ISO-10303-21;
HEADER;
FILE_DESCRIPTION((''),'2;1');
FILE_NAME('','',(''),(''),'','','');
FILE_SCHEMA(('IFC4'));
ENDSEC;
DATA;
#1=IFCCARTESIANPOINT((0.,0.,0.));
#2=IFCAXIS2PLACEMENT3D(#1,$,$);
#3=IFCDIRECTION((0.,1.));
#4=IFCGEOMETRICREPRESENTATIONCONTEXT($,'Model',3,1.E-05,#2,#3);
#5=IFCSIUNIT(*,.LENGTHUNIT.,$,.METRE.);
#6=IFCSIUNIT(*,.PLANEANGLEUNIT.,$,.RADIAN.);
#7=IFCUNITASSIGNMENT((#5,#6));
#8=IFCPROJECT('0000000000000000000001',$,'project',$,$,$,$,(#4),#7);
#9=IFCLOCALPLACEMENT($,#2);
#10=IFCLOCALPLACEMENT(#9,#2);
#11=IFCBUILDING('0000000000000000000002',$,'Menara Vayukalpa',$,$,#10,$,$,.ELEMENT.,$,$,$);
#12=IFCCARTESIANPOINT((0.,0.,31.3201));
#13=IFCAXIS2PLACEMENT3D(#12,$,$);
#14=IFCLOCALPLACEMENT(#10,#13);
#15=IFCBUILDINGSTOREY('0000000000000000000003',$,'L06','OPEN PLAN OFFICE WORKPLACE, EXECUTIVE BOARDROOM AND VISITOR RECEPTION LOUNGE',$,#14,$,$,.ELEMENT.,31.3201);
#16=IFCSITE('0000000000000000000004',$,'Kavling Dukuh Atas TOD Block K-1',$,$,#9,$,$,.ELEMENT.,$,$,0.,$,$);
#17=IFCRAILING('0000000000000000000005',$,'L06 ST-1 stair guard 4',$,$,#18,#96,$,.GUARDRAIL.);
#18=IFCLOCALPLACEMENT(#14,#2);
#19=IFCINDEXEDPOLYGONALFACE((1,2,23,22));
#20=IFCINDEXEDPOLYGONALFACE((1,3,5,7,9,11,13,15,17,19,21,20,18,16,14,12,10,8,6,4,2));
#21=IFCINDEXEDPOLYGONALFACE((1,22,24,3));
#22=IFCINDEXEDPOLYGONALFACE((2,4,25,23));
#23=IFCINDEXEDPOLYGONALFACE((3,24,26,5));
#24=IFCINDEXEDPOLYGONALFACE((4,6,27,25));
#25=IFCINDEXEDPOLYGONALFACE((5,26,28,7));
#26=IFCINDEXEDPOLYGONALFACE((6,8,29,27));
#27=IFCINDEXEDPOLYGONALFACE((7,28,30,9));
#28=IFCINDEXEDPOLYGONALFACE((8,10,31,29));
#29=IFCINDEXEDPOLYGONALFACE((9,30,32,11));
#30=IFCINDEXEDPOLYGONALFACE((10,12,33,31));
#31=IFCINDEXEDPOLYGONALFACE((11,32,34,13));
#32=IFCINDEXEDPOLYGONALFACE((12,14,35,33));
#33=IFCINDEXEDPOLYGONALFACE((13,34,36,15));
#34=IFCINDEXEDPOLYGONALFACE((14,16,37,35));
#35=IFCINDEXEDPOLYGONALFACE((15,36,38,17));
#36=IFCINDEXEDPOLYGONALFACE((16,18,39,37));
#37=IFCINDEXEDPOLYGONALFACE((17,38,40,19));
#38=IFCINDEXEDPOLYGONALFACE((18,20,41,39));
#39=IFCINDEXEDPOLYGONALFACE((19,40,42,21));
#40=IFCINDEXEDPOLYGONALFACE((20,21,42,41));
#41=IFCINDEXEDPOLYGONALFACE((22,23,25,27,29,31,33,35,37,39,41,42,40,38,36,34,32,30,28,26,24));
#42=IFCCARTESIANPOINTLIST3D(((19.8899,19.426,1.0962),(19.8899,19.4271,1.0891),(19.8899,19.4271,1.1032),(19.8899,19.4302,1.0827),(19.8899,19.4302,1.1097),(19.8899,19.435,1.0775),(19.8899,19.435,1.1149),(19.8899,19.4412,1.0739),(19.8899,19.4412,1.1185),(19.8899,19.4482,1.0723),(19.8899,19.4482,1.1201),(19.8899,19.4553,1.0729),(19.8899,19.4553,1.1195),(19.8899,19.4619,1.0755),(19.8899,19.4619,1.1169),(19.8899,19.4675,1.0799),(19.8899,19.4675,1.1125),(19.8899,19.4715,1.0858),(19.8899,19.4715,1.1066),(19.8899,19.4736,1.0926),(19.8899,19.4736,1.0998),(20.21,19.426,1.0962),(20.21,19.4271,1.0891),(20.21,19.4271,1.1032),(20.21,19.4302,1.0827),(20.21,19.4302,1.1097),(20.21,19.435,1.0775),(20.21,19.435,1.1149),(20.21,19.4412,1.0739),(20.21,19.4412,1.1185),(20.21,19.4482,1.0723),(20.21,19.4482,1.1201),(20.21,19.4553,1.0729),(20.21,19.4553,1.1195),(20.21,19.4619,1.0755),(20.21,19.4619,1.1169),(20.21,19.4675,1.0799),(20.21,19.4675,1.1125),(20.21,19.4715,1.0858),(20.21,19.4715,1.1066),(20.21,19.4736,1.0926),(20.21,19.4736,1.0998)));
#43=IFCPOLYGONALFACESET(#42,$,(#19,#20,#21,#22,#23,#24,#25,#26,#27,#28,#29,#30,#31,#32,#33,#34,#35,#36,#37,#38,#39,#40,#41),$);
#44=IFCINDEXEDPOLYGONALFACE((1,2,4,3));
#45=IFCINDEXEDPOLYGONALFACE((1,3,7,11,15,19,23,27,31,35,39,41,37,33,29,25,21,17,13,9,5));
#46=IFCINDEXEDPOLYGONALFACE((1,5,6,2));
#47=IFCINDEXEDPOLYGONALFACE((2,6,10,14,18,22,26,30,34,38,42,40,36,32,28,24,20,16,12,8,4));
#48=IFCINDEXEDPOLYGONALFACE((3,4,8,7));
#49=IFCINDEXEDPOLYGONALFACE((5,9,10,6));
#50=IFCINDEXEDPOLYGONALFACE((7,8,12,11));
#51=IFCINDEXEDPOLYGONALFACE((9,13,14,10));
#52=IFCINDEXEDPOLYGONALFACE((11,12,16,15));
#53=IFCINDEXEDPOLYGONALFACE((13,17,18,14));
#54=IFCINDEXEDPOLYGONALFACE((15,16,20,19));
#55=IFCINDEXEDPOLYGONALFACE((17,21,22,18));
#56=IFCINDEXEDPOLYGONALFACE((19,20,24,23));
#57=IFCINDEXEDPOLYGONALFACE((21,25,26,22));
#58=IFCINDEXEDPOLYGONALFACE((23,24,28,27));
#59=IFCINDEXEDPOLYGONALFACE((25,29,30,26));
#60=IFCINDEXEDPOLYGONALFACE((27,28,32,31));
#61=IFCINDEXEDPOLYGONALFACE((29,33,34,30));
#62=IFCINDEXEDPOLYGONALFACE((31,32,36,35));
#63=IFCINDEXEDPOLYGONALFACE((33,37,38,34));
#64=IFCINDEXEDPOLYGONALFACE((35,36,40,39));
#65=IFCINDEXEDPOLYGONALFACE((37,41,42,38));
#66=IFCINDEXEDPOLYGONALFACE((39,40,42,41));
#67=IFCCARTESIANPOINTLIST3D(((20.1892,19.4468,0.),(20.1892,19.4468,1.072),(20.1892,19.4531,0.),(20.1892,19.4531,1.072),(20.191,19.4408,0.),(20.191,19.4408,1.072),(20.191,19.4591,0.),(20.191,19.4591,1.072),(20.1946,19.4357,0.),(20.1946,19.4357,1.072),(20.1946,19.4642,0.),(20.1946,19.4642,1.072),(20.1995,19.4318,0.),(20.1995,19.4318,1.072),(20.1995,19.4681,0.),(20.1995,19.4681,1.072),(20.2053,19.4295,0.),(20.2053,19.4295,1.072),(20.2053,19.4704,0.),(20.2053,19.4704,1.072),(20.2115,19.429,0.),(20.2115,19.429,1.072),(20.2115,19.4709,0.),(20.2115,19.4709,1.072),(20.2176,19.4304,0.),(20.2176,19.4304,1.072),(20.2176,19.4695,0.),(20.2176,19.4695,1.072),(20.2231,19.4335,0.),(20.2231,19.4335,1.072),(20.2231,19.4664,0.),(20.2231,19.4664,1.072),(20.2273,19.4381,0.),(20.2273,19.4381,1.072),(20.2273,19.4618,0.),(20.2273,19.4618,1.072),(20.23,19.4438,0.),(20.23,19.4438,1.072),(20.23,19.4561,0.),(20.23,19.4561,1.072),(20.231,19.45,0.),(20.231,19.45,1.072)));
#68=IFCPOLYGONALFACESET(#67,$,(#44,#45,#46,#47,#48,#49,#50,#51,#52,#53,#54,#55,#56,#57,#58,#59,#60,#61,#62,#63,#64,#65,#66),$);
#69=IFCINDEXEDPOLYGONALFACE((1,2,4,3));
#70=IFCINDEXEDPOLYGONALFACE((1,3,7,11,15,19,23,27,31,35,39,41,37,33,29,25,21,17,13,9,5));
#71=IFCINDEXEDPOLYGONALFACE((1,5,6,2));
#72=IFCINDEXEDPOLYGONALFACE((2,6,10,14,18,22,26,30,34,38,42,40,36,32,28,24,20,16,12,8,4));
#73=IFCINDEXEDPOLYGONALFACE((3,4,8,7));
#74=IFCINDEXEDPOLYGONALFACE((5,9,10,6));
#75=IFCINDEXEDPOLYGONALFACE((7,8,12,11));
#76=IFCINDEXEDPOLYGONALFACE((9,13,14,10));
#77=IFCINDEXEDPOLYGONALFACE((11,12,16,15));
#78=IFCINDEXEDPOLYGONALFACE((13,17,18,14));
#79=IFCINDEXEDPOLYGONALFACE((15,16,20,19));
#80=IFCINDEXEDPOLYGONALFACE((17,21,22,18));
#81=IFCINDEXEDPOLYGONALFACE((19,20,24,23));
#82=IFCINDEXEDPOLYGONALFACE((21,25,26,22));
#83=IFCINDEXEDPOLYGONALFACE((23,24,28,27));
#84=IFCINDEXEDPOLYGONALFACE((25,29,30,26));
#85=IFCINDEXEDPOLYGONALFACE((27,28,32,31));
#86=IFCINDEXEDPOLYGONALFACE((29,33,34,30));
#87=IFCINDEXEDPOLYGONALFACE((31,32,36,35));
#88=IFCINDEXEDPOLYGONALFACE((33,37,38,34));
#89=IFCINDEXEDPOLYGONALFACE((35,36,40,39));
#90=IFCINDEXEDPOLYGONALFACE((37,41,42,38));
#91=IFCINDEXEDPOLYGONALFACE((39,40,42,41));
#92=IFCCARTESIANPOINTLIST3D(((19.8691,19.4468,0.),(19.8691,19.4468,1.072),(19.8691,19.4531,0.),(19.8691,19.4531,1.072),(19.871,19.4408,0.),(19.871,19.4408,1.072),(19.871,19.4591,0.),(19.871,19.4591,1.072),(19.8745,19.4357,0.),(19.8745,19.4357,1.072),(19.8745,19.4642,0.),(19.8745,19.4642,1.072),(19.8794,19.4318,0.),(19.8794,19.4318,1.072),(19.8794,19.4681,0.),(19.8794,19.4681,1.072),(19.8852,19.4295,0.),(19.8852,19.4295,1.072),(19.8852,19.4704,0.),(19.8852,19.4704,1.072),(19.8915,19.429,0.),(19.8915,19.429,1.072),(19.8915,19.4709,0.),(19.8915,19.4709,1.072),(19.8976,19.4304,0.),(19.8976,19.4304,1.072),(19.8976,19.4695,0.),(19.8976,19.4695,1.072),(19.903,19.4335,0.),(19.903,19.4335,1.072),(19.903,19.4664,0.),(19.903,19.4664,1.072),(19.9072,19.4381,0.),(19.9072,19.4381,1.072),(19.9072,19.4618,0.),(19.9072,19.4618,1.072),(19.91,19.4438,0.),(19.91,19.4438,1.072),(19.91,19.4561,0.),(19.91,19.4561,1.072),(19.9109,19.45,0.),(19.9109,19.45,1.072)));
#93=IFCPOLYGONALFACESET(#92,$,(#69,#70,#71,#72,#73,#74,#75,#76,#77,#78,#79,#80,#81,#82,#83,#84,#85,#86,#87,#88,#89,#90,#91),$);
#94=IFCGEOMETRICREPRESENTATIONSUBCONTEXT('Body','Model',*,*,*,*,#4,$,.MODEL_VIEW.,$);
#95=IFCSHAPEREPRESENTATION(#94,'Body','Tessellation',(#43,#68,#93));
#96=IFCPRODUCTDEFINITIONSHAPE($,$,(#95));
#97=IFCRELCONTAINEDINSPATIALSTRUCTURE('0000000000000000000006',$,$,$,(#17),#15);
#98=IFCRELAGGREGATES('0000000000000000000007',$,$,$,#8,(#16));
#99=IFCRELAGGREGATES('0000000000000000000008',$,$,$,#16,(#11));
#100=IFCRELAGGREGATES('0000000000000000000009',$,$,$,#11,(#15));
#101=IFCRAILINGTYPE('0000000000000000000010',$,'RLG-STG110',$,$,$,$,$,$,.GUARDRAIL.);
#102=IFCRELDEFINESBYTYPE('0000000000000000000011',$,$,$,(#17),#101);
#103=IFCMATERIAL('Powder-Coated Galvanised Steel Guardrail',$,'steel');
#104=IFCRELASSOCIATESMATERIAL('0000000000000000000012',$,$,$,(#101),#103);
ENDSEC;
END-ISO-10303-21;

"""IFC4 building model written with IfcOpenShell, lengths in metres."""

from ifc_helpers import new_model, si_unit, direction, frame, origin, origin_2d, place, context, subcontext, project, spatial, circle, extrude, material, type_object, element, save


model = new_model("IFC4")

# Units and contexts
model_context = context("Model", 3, precision=1e-05, world=origin(), true_north=direction((0.0, 1.0)))
body_context = subcontext(model_context, "Body", "Model", "MODEL_VIEW")
ifc_project = project(units=[si_unit("LENGTHUNIT", "METRE"), si_unit("PLANEANGLEUNIT", "RADIAN")], contexts=[model_context])

# Site, building, storey
site_placement = place(None, origin())
site = spatial("IfcSite", under=ifc_project, at=site_placement, Name="Kavling Dukuh Atas TOD Block K-1", CompositionType="ELEMENT", RefElevation=0.0)
building_placement = place(site_placement, origin())
building = spatial("IfcBuilding", under=site, at=building_placement, Name="Menara Vayukalpa", CompositionType="ELEMENT")
storey_placement = place(building_placement, frame((0.0, 0.0, 31.3201)))
storey = spatial("IfcBuildingStorey", under=building, at=storey_placement, Name="L06", Description="OPEN PLAN OFFICE WORKPLACE, EXECUTIVE BOARDROOM AND VISITOR RECEPTION LOUNGE", CompositionType="ELEMENT", Elevation=31.3201)

# Railing
ifc_material_1 = material(Name="Powder-Coated Galvanised Steel Guardrail", Category="steel")
railing_type_1 = type_object("IfcRailingType", Name="RLG-STG110", PredefinedType="GUARDRAIL", material=ifc_material_1)
railing_1_placement = place(storey_placement, frame((20.21, 19.45, 0.0)))
element("IfcRailing", 1, at=railing_1_placement, inside=storey, type_object=railing_type_1, Name="L06 ST-1 stair guard 4", PredefinedType="GUARDRAIL", context=body_context, shape_type="SweptSolid", body=[
    extrude(circle(Radius=0.0239, at=origin_2d()), frame((0.0, 0.0, 1.0962), z_axis=(-1.0, 0.0, 0.0), x_axis=(0.0, -1.0, 0.0)), (0.0, 0.0, 1.0), 0.3201),
    extrude(circle(Radius=0.021, at=origin_2d()), origin(), (0.0, 0.0, 1.0), 1.072),
    extrude(circle(Radius=0.021, at=origin_2d()), frame((-0.3201, 0.0, 0.0)), (0.0, 0.0, 1.0), 1.072),
])

save(model, "model.ifc")
